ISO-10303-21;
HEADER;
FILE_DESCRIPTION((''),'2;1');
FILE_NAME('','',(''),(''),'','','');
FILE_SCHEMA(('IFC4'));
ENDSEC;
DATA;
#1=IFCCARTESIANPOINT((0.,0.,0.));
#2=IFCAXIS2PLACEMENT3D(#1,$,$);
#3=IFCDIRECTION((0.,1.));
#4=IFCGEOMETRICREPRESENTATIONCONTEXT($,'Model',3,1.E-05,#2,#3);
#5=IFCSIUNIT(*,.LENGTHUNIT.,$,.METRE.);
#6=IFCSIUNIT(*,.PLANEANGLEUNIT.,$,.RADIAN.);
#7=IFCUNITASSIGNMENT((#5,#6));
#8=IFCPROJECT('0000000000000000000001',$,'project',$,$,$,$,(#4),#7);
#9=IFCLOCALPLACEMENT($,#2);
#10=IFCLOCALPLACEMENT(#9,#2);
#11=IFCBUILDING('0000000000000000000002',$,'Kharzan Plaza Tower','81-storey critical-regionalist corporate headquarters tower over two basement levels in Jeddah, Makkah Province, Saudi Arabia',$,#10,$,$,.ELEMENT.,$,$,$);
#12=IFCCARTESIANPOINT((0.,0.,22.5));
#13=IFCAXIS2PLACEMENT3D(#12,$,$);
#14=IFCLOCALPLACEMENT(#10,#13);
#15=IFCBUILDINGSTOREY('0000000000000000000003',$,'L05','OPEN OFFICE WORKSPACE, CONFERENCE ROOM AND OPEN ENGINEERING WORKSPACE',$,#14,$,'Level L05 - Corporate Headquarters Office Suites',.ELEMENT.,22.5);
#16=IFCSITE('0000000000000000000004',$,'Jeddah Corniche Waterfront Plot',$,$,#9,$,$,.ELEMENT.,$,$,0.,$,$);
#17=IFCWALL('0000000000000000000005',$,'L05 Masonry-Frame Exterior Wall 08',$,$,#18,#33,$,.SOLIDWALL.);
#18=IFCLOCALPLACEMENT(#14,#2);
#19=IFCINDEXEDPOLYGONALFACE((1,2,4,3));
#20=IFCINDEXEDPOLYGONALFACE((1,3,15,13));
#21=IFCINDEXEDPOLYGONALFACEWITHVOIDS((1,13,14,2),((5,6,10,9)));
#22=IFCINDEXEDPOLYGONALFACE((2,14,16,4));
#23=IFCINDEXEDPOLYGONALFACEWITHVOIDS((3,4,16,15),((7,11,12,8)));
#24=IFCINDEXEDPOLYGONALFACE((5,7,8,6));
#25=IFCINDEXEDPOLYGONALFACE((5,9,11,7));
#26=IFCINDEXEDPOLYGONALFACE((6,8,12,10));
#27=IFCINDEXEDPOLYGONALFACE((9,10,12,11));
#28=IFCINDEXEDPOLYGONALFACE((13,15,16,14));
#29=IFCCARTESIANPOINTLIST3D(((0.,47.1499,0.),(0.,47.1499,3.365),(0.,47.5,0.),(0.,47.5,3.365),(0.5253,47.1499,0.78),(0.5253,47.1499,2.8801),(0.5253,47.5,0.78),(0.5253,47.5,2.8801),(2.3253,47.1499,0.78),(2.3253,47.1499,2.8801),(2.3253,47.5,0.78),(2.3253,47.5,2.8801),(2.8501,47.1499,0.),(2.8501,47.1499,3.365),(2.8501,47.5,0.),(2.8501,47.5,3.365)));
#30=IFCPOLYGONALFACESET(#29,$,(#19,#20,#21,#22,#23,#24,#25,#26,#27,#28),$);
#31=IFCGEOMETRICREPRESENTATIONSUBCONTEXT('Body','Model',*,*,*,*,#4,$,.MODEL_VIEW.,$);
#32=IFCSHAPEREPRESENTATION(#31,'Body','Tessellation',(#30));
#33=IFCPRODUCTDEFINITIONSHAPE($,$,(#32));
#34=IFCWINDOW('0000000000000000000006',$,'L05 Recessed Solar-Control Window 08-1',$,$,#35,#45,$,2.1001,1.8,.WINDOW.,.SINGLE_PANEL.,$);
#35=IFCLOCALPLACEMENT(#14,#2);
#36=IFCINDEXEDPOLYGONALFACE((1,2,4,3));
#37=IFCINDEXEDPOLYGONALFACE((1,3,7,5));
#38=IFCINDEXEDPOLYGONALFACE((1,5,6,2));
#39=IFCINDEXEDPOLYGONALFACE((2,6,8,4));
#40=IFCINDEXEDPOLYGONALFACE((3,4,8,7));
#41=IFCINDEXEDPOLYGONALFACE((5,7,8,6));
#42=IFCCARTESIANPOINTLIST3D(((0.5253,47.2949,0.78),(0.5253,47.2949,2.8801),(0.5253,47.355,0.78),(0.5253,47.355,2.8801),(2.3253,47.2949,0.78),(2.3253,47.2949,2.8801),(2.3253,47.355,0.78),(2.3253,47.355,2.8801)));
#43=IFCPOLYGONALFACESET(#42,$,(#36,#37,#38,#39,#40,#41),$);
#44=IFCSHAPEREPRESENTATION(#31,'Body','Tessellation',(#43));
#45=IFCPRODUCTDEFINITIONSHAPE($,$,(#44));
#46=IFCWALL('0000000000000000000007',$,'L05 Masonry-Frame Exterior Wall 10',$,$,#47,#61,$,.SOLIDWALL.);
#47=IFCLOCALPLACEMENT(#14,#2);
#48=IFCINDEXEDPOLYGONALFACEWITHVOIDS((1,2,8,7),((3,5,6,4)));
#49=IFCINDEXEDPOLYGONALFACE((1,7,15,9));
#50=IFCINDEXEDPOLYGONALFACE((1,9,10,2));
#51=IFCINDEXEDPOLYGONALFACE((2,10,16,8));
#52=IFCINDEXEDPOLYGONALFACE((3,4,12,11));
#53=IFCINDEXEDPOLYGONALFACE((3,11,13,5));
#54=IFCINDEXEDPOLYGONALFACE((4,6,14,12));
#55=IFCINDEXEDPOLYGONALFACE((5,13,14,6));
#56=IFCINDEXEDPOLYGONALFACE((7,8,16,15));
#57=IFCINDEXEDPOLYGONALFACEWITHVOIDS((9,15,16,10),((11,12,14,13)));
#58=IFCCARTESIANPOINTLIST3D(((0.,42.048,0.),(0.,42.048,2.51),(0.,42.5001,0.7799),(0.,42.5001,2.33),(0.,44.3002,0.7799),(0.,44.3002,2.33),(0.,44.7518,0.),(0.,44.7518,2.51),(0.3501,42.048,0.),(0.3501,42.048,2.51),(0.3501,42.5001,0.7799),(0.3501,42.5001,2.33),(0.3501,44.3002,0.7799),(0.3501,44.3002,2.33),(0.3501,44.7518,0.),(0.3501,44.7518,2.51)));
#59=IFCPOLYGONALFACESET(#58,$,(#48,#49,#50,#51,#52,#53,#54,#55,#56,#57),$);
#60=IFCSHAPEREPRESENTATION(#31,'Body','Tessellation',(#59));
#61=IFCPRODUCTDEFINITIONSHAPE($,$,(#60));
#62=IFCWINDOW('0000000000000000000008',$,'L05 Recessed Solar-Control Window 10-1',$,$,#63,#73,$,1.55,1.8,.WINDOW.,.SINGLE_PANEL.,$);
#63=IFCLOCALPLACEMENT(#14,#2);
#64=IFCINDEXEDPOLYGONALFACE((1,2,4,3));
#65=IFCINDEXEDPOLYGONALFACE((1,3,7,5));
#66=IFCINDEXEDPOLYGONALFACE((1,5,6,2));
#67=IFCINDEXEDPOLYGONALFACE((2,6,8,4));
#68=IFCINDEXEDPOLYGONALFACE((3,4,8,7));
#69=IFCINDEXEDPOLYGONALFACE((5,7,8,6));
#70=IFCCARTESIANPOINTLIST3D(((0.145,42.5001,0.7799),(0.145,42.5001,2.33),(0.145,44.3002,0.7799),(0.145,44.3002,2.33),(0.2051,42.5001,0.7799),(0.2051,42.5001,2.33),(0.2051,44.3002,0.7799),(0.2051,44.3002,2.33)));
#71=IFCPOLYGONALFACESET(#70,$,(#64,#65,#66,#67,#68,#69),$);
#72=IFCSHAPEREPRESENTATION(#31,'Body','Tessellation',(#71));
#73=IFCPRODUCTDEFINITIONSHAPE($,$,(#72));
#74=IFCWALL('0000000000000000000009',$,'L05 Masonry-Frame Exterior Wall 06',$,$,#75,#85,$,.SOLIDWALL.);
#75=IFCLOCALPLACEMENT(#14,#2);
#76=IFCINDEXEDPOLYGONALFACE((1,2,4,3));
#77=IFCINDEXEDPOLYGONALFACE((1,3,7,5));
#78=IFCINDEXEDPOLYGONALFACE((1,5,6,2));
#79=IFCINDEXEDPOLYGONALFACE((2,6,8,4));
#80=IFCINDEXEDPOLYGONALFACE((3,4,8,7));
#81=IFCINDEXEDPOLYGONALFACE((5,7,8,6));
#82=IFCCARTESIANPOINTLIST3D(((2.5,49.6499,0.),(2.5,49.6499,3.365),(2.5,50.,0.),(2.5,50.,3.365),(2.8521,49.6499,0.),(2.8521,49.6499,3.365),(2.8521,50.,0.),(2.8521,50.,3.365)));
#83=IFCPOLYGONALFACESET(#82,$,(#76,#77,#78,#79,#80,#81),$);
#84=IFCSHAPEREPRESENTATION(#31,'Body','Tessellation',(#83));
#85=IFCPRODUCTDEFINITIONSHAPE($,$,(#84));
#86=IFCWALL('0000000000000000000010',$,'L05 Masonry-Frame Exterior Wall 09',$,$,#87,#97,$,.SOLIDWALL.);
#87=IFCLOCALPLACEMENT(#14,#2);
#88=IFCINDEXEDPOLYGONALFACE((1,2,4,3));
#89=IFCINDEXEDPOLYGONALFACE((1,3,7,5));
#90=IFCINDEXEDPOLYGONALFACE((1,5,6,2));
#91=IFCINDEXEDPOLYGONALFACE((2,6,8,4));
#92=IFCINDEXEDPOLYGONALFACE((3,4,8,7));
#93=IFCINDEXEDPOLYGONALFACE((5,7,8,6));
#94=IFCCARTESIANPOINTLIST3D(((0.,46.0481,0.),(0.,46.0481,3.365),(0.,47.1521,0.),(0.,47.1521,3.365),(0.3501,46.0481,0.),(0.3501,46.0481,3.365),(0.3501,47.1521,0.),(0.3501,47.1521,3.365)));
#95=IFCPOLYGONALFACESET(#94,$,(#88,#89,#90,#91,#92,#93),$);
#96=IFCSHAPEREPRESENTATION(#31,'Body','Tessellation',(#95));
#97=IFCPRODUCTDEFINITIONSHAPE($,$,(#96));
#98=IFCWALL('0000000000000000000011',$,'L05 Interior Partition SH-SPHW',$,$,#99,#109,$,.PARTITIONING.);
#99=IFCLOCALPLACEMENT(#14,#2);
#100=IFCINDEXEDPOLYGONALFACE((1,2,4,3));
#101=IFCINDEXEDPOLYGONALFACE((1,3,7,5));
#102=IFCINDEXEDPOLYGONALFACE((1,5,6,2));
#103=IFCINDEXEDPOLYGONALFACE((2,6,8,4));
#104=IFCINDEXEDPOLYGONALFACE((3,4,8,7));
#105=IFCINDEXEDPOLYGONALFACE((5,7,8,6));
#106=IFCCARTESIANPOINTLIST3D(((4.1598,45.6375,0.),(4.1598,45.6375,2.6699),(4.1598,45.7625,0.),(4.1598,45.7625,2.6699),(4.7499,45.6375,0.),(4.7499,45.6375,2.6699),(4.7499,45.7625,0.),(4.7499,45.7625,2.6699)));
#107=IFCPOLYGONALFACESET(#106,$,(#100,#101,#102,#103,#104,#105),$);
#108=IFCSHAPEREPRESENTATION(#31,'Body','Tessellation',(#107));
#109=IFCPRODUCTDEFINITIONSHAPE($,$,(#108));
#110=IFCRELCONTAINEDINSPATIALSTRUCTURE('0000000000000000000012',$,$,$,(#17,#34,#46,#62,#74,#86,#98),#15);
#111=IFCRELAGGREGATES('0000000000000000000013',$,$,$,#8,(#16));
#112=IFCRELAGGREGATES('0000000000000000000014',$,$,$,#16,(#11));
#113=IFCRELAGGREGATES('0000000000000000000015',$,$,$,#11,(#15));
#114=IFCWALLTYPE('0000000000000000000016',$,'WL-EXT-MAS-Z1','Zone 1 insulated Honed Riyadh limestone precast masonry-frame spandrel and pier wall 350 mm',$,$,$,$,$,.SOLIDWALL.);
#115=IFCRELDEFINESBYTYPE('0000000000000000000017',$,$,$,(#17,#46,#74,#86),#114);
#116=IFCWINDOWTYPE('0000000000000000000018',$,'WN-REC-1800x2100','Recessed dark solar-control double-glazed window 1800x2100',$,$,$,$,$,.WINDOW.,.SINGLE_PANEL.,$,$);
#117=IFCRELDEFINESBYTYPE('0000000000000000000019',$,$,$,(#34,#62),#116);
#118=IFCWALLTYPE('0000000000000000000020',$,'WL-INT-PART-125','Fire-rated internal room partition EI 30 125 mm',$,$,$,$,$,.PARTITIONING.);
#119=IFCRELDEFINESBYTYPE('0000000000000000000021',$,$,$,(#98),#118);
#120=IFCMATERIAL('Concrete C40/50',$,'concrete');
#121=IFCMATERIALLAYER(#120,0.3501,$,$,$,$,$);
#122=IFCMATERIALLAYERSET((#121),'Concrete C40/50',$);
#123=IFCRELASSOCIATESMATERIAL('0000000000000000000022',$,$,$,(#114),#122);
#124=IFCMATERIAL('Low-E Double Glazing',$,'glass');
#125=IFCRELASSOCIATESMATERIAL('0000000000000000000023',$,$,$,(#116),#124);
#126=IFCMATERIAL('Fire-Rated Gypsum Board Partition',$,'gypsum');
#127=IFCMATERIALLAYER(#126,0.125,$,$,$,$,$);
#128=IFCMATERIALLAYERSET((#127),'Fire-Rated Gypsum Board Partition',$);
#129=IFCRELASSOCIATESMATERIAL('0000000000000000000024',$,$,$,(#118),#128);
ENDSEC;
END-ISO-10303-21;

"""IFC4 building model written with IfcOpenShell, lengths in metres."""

from ifc_helpers import new_model, si_unit, direction, frame, frame_2d, origin, place, context, subcontext, project, spatial, rectangle, extrude, source, transform, mapped, material, layer, layer_set, type_object, element, fill, save


model = new_model("IFC4")

# Units and contexts
model_context = context("Model", 3, precision=1e-05, world=origin(), true_north=direction((0.0, 1.0)))
body_context = subcontext(model_context, "Body", "Model", "MODEL_VIEW")
ifc_project = project(units=[si_unit("LENGTHUNIT", "METRE"), si_unit("PLANEANGLEUNIT", "RADIAN")], contexts=[model_context])

# Site, building, storey
site_placement = place(None, origin())
site = spatial("IfcSite", under=ifc_project, at=site_placement, Name="Jeddah Corniche Waterfront Plot", CompositionType="ELEMENT", RefElevation=0.0)
building_placement = place(site_placement, origin())
building = spatial("IfcBuilding", under=site, at=building_placement, Name="Kharzan Plaza Tower", Description="81-storey critical-regionalist corporate headquarters tower over two basement levels in Jeddah, Makkah Province, Saudi Arabia", CompositionType="ELEMENT")
storey_placement = place(building_placement, frame((0.0, 0.0, 22.5)))
storey = spatial("IfcBuildingStorey", under=building, at=storey_placement, Name="L05", Description="OPEN OFFICE WORKSPACE, CONFERENCE ROOM AND OPEN ENGINEERING WORKSPACE", LongName="Level L05 - Corporate Headquarters Office Suites", CompositionType="ELEMENT", Elevation=22.5)

# Walls, openings, windows
ifc_material_1 = material(Name="Concrete C40/50", Category="concrete")
ifc_layer_1 = layer(ifc_material_1, 0.3501)
ifc_layer_set_1 = layer_set([ifc_layer_1], Name="Concrete C40/50")
wall_type_1 = type_object("IfcWallType", Name="WL-EXT-MAS-Z1", Description="Zone 1 insulated Honed Riyadh limestone precast masonry-frame spandrel and pier wall 350 mm", PredefinedType="SOLIDWALL", material=ifc_layer_set_1)
ifc_material_2 = material(Name="Low-E Double Glazing", Category="glass")
wall_1_placement = place(storey_placement, frame((2.8501, 47.325, 0.0), z_axis=(0.0, 0.0, 1.0), x_axis=(-1.0, 0.0, 0.0)))
wall_1 = element("IfcWall", 1, at=wall_1_placement, inside=storey, type_object=wall_type_1, Name="L05 Masonry-Frame Exterior Wall 08", PredefinedType="SOLIDWALL", context=body_context, shape_type="SweptSolid", body=[
    extrude(rectangle(XDim=2.8501, YDim=0.3501, at=frame_2d((1.425, 0.0))), origin(), (0.0, 0.0, 1.0), 3.365),
])
opening_1_placement = place(wall_1_placement, frame((0.5249, 0.0, 0.78)))
opening_1 = element("IfcOpeningElement", 2, at=opening_1_placement, cuts=wall_1, PredefinedType="OPENING", context=body_context, shape_type="SweptSolid", body=[
    extrude(rectangle(XDim=1.8, YDim=2.1001, at=frame_2d((0.8999, 1.05))), frame((0.0, 0.1851, 0.0), z_axis=(0.0, -1.0, 0.0), x_axis=(1.0, 0.0, 0.0)), (0.0, 0.0, 1.0), 0.3701),
])
window_type_1 = type_object("IfcWindowType", Name="WN-REC-1800x2100", Description="Recessed dark solar-control double-glazed window 1800x2100", PartitioningType="SINGLE_PANEL", PredefinedType="WINDOW", material=ifc_material_2)
shared_shape_1 = source(origin(), body_context, "Body", "SweptSolid", [
    extrude(rectangle(XDim=1.8, YDim=2.1001, at=frame_2d((0.8999, 1.05))), frame((0.0, 0.03, 0.0), z_axis=(0.0, -1.0, 0.0), x_axis=(1.0, 0.0, 0.0)), (0.0, 0.0, 1.0), 0.0601),
])
window_1_placement = place(opening_1_placement, origin())
window_1 = element("IfcWindow", 3, at=window_1_placement, inside=storey, type_object=window_type_1, Name="L05 Recessed Solar-Control Window 08-1", OverallHeight=2.1001, OverallWidth=1.8, PartitioningType="SINGLE_PANEL", PredefinedType="WINDOW", context=body_context, shape_type="MappedRepresentation", body=[
    mapped(shared_shape_1, transform((0.0, 0.0, 0.0), x_axis=(1.0, 0.0, 0.0), y_axis=(0.0, 1.0, 0.0), z_axis=(0.0, 0.0, 1.0))),
])
fill(opening_1, window_1)
wall_2_placement = place(storey_placement, frame((0.175, 44.752, 0.0), z_axis=(0.0, 0.0, 1.0), x_axis=(0.0, -1.0, 0.0)))
wall_2 = element("IfcWall", 4, at=wall_2_placement, inside=storey, type_object=wall_type_1, Name="L05 Masonry-Frame Exterior Wall 10", PredefinedType="SOLIDWALL", context=body_context, shape_type="SweptSolid", body=[
    extrude(rectangle(XDim=2.7039, YDim=0.3501, at=frame_2d((1.3521, 0.0))), origin(), (0.0, 0.0, 1.0), 2.51),
])
opening_2_placement = place(wall_2_placement, frame((0.4519, 0.0, 0.78)))
opening_2 = element("IfcOpeningElement", 5, at=opening_2_placement, cuts=wall_2, PredefinedType="OPENING", context=body_context, shape_type="SweptSolid", body=[
    extrude(rectangle(XDim=1.8, YDim=1.55, at=frame_2d((0.8999, 0.7749))), frame((0.0, 0.1851, 0.0), z_axis=(0.0, -1.0, 0.0), x_axis=(1.0, 0.0, 0.0)), (0.0, 0.0, 1.0), 0.3701),
])
shared_shape_2 = source(origin(), body_context, "Body", "SweptSolid", [
    extrude(rectangle(XDim=1.8, YDim=1.55, at=frame_2d((0.8999, 0.7749))), frame((0.0, 0.03, 0.0), z_axis=(0.0, -1.0, 0.0), x_axis=(1.0, 0.0, 0.0)), (0.0, 0.0, 1.0), 0.0601),
])
window_2_placement = place(opening_2_placement, origin())
window_2 = element("IfcWindow", 6, at=window_2_placement, inside=storey, type_object=window_type_1, Name="L05 Recessed Solar-Control Window 10-1", OverallHeight=1.55, OverallWidth=1.8, PartitioningType="SINGLE_PANEL", PredefinedType="WINDOW", context=body_context, shape_type="MappedRepresentation", body=[
    mapped(shared_shape_2, transform((0.0, 0.0, 0.0), x_axis=(1.0, 0.0, 0.0), y_axis=(0.0, 1.0, 0.0), z_axis=(0.0, 0.0, 1.0))),
])
fill(opening_2, window_2)

# Shared definitions
ifc_material_3 = material(Name="Fire-Rated Gypsum Board Partition", Category="gypsum")
ifc_layer_2 = layer(ifc_material_3, 0.125)
ifc_layer_set_2 = layer_set([ifc_layer_2], Name="Fire-Rated Gypsum Board Partition")
wall_type_2 = type_object("IfcWallType", Name="WL-INT-PART-125", Description="Fire-rated internal room partition EI 30 125 mm", PredefinedType="PARTITIONING", material=ifc_layer_set_2)

# Walls
shared_shape_3 = source(origin(), body_context, "Body", "SweptSolid", [
    extrude(rectangle(XDim=0.3521, YDim=0.3501, at=frame_2d((0.176, 0.0))), origin(), (0.0, 0.0, 1.0), 3.365),
])
wall_3_placement = place(storey_placement, frame((2.8521, 49.825, 0.0), z_axis=(0.0, 0.0, 1.0), x_axis=(-1.0, 0.0, 0.0)))
element("IfcWall", 7, at=wall_3_placement, inside=storey, type_object=wall_type_1, Name="L05 Masonry-Frame Exterior Wall 06", PredefinedType="SOLIDWALL", context=body_context, shape_type="MappedRepresentation", body=[
    mapped(shared_shape_3, transform((0.0, 0.0, 0.0), x_axis=(1.0, 0.0, 0.0), y_axis=(0.0, 1.0, 0.0), z_axis=(0.0, 0.0, 1.0))),
])
shared_shape_4 = source(origin(), body_context, "Body", "SweptSolid", [
    extrude(rectangle(XDim=1.104, YDim=0.3501, at=frame_2d((0.552, 0.0))), origin(), (0.0, 0.0, 1.0), 3.365),
])
wall_4_placement = place(storey_placement, frame((0.175, 47.1521, 0.0), z_axis=(0.0, 0.0, 1.0), x_axis=(0.0, -1.0, 0.0)))
element("IfcWall", 8, at=wall_4_placement, inside=storey, type_object=wall_type_1, Name="L05 Masonry-Frame Exterior Wall 09", PredefinedType="SOLIDWALL", context=body_context, shape_type="MappedRepresentation", body=[
    mapped(shared_shape_4, transform((0.0, 0.0, 0.0), x_axis=(1.0, 0.0, 0.0), y_axis=(0.0, 1.0, 0.0), z_axis=(0.0, 0.0, 1.0))),
])
shared_shape_5 = source(origin(), body_context, "Body", "SweptSolid", [
    extrude(rectangle(XDim=0.5901, YDim=0.125, at=frame_2d((0.2949, 0.0))), origin(), (0.0, 0.0, 1.0), 2.6699),
])
wall_5_placement = place(storey_placement, frame((4.1599, 45.7, 0.0), z_axis=(0.0, 0.0, 1.0), x_axis=(1.0, 0.0, 0.0)))
element("IfcWall", 9, at=wall_5_placement, inside=storey, type_object=wall_type_2, Name="L05 Interior Partition SH-SPHW", PredefinedType="PARTITIONING", context=body_context, shape_type="MappedRepresentation", body=[
    mapped(shared_shape_5, transform((0.0, 0.0, 0.0), x_axis=(1.0, 0.0, 0.0), y_axis=(0.0, 1.0, 0.0), z_axis=(0.0, 0.0, 1.0))),
])

save(model, "model.ifc")
